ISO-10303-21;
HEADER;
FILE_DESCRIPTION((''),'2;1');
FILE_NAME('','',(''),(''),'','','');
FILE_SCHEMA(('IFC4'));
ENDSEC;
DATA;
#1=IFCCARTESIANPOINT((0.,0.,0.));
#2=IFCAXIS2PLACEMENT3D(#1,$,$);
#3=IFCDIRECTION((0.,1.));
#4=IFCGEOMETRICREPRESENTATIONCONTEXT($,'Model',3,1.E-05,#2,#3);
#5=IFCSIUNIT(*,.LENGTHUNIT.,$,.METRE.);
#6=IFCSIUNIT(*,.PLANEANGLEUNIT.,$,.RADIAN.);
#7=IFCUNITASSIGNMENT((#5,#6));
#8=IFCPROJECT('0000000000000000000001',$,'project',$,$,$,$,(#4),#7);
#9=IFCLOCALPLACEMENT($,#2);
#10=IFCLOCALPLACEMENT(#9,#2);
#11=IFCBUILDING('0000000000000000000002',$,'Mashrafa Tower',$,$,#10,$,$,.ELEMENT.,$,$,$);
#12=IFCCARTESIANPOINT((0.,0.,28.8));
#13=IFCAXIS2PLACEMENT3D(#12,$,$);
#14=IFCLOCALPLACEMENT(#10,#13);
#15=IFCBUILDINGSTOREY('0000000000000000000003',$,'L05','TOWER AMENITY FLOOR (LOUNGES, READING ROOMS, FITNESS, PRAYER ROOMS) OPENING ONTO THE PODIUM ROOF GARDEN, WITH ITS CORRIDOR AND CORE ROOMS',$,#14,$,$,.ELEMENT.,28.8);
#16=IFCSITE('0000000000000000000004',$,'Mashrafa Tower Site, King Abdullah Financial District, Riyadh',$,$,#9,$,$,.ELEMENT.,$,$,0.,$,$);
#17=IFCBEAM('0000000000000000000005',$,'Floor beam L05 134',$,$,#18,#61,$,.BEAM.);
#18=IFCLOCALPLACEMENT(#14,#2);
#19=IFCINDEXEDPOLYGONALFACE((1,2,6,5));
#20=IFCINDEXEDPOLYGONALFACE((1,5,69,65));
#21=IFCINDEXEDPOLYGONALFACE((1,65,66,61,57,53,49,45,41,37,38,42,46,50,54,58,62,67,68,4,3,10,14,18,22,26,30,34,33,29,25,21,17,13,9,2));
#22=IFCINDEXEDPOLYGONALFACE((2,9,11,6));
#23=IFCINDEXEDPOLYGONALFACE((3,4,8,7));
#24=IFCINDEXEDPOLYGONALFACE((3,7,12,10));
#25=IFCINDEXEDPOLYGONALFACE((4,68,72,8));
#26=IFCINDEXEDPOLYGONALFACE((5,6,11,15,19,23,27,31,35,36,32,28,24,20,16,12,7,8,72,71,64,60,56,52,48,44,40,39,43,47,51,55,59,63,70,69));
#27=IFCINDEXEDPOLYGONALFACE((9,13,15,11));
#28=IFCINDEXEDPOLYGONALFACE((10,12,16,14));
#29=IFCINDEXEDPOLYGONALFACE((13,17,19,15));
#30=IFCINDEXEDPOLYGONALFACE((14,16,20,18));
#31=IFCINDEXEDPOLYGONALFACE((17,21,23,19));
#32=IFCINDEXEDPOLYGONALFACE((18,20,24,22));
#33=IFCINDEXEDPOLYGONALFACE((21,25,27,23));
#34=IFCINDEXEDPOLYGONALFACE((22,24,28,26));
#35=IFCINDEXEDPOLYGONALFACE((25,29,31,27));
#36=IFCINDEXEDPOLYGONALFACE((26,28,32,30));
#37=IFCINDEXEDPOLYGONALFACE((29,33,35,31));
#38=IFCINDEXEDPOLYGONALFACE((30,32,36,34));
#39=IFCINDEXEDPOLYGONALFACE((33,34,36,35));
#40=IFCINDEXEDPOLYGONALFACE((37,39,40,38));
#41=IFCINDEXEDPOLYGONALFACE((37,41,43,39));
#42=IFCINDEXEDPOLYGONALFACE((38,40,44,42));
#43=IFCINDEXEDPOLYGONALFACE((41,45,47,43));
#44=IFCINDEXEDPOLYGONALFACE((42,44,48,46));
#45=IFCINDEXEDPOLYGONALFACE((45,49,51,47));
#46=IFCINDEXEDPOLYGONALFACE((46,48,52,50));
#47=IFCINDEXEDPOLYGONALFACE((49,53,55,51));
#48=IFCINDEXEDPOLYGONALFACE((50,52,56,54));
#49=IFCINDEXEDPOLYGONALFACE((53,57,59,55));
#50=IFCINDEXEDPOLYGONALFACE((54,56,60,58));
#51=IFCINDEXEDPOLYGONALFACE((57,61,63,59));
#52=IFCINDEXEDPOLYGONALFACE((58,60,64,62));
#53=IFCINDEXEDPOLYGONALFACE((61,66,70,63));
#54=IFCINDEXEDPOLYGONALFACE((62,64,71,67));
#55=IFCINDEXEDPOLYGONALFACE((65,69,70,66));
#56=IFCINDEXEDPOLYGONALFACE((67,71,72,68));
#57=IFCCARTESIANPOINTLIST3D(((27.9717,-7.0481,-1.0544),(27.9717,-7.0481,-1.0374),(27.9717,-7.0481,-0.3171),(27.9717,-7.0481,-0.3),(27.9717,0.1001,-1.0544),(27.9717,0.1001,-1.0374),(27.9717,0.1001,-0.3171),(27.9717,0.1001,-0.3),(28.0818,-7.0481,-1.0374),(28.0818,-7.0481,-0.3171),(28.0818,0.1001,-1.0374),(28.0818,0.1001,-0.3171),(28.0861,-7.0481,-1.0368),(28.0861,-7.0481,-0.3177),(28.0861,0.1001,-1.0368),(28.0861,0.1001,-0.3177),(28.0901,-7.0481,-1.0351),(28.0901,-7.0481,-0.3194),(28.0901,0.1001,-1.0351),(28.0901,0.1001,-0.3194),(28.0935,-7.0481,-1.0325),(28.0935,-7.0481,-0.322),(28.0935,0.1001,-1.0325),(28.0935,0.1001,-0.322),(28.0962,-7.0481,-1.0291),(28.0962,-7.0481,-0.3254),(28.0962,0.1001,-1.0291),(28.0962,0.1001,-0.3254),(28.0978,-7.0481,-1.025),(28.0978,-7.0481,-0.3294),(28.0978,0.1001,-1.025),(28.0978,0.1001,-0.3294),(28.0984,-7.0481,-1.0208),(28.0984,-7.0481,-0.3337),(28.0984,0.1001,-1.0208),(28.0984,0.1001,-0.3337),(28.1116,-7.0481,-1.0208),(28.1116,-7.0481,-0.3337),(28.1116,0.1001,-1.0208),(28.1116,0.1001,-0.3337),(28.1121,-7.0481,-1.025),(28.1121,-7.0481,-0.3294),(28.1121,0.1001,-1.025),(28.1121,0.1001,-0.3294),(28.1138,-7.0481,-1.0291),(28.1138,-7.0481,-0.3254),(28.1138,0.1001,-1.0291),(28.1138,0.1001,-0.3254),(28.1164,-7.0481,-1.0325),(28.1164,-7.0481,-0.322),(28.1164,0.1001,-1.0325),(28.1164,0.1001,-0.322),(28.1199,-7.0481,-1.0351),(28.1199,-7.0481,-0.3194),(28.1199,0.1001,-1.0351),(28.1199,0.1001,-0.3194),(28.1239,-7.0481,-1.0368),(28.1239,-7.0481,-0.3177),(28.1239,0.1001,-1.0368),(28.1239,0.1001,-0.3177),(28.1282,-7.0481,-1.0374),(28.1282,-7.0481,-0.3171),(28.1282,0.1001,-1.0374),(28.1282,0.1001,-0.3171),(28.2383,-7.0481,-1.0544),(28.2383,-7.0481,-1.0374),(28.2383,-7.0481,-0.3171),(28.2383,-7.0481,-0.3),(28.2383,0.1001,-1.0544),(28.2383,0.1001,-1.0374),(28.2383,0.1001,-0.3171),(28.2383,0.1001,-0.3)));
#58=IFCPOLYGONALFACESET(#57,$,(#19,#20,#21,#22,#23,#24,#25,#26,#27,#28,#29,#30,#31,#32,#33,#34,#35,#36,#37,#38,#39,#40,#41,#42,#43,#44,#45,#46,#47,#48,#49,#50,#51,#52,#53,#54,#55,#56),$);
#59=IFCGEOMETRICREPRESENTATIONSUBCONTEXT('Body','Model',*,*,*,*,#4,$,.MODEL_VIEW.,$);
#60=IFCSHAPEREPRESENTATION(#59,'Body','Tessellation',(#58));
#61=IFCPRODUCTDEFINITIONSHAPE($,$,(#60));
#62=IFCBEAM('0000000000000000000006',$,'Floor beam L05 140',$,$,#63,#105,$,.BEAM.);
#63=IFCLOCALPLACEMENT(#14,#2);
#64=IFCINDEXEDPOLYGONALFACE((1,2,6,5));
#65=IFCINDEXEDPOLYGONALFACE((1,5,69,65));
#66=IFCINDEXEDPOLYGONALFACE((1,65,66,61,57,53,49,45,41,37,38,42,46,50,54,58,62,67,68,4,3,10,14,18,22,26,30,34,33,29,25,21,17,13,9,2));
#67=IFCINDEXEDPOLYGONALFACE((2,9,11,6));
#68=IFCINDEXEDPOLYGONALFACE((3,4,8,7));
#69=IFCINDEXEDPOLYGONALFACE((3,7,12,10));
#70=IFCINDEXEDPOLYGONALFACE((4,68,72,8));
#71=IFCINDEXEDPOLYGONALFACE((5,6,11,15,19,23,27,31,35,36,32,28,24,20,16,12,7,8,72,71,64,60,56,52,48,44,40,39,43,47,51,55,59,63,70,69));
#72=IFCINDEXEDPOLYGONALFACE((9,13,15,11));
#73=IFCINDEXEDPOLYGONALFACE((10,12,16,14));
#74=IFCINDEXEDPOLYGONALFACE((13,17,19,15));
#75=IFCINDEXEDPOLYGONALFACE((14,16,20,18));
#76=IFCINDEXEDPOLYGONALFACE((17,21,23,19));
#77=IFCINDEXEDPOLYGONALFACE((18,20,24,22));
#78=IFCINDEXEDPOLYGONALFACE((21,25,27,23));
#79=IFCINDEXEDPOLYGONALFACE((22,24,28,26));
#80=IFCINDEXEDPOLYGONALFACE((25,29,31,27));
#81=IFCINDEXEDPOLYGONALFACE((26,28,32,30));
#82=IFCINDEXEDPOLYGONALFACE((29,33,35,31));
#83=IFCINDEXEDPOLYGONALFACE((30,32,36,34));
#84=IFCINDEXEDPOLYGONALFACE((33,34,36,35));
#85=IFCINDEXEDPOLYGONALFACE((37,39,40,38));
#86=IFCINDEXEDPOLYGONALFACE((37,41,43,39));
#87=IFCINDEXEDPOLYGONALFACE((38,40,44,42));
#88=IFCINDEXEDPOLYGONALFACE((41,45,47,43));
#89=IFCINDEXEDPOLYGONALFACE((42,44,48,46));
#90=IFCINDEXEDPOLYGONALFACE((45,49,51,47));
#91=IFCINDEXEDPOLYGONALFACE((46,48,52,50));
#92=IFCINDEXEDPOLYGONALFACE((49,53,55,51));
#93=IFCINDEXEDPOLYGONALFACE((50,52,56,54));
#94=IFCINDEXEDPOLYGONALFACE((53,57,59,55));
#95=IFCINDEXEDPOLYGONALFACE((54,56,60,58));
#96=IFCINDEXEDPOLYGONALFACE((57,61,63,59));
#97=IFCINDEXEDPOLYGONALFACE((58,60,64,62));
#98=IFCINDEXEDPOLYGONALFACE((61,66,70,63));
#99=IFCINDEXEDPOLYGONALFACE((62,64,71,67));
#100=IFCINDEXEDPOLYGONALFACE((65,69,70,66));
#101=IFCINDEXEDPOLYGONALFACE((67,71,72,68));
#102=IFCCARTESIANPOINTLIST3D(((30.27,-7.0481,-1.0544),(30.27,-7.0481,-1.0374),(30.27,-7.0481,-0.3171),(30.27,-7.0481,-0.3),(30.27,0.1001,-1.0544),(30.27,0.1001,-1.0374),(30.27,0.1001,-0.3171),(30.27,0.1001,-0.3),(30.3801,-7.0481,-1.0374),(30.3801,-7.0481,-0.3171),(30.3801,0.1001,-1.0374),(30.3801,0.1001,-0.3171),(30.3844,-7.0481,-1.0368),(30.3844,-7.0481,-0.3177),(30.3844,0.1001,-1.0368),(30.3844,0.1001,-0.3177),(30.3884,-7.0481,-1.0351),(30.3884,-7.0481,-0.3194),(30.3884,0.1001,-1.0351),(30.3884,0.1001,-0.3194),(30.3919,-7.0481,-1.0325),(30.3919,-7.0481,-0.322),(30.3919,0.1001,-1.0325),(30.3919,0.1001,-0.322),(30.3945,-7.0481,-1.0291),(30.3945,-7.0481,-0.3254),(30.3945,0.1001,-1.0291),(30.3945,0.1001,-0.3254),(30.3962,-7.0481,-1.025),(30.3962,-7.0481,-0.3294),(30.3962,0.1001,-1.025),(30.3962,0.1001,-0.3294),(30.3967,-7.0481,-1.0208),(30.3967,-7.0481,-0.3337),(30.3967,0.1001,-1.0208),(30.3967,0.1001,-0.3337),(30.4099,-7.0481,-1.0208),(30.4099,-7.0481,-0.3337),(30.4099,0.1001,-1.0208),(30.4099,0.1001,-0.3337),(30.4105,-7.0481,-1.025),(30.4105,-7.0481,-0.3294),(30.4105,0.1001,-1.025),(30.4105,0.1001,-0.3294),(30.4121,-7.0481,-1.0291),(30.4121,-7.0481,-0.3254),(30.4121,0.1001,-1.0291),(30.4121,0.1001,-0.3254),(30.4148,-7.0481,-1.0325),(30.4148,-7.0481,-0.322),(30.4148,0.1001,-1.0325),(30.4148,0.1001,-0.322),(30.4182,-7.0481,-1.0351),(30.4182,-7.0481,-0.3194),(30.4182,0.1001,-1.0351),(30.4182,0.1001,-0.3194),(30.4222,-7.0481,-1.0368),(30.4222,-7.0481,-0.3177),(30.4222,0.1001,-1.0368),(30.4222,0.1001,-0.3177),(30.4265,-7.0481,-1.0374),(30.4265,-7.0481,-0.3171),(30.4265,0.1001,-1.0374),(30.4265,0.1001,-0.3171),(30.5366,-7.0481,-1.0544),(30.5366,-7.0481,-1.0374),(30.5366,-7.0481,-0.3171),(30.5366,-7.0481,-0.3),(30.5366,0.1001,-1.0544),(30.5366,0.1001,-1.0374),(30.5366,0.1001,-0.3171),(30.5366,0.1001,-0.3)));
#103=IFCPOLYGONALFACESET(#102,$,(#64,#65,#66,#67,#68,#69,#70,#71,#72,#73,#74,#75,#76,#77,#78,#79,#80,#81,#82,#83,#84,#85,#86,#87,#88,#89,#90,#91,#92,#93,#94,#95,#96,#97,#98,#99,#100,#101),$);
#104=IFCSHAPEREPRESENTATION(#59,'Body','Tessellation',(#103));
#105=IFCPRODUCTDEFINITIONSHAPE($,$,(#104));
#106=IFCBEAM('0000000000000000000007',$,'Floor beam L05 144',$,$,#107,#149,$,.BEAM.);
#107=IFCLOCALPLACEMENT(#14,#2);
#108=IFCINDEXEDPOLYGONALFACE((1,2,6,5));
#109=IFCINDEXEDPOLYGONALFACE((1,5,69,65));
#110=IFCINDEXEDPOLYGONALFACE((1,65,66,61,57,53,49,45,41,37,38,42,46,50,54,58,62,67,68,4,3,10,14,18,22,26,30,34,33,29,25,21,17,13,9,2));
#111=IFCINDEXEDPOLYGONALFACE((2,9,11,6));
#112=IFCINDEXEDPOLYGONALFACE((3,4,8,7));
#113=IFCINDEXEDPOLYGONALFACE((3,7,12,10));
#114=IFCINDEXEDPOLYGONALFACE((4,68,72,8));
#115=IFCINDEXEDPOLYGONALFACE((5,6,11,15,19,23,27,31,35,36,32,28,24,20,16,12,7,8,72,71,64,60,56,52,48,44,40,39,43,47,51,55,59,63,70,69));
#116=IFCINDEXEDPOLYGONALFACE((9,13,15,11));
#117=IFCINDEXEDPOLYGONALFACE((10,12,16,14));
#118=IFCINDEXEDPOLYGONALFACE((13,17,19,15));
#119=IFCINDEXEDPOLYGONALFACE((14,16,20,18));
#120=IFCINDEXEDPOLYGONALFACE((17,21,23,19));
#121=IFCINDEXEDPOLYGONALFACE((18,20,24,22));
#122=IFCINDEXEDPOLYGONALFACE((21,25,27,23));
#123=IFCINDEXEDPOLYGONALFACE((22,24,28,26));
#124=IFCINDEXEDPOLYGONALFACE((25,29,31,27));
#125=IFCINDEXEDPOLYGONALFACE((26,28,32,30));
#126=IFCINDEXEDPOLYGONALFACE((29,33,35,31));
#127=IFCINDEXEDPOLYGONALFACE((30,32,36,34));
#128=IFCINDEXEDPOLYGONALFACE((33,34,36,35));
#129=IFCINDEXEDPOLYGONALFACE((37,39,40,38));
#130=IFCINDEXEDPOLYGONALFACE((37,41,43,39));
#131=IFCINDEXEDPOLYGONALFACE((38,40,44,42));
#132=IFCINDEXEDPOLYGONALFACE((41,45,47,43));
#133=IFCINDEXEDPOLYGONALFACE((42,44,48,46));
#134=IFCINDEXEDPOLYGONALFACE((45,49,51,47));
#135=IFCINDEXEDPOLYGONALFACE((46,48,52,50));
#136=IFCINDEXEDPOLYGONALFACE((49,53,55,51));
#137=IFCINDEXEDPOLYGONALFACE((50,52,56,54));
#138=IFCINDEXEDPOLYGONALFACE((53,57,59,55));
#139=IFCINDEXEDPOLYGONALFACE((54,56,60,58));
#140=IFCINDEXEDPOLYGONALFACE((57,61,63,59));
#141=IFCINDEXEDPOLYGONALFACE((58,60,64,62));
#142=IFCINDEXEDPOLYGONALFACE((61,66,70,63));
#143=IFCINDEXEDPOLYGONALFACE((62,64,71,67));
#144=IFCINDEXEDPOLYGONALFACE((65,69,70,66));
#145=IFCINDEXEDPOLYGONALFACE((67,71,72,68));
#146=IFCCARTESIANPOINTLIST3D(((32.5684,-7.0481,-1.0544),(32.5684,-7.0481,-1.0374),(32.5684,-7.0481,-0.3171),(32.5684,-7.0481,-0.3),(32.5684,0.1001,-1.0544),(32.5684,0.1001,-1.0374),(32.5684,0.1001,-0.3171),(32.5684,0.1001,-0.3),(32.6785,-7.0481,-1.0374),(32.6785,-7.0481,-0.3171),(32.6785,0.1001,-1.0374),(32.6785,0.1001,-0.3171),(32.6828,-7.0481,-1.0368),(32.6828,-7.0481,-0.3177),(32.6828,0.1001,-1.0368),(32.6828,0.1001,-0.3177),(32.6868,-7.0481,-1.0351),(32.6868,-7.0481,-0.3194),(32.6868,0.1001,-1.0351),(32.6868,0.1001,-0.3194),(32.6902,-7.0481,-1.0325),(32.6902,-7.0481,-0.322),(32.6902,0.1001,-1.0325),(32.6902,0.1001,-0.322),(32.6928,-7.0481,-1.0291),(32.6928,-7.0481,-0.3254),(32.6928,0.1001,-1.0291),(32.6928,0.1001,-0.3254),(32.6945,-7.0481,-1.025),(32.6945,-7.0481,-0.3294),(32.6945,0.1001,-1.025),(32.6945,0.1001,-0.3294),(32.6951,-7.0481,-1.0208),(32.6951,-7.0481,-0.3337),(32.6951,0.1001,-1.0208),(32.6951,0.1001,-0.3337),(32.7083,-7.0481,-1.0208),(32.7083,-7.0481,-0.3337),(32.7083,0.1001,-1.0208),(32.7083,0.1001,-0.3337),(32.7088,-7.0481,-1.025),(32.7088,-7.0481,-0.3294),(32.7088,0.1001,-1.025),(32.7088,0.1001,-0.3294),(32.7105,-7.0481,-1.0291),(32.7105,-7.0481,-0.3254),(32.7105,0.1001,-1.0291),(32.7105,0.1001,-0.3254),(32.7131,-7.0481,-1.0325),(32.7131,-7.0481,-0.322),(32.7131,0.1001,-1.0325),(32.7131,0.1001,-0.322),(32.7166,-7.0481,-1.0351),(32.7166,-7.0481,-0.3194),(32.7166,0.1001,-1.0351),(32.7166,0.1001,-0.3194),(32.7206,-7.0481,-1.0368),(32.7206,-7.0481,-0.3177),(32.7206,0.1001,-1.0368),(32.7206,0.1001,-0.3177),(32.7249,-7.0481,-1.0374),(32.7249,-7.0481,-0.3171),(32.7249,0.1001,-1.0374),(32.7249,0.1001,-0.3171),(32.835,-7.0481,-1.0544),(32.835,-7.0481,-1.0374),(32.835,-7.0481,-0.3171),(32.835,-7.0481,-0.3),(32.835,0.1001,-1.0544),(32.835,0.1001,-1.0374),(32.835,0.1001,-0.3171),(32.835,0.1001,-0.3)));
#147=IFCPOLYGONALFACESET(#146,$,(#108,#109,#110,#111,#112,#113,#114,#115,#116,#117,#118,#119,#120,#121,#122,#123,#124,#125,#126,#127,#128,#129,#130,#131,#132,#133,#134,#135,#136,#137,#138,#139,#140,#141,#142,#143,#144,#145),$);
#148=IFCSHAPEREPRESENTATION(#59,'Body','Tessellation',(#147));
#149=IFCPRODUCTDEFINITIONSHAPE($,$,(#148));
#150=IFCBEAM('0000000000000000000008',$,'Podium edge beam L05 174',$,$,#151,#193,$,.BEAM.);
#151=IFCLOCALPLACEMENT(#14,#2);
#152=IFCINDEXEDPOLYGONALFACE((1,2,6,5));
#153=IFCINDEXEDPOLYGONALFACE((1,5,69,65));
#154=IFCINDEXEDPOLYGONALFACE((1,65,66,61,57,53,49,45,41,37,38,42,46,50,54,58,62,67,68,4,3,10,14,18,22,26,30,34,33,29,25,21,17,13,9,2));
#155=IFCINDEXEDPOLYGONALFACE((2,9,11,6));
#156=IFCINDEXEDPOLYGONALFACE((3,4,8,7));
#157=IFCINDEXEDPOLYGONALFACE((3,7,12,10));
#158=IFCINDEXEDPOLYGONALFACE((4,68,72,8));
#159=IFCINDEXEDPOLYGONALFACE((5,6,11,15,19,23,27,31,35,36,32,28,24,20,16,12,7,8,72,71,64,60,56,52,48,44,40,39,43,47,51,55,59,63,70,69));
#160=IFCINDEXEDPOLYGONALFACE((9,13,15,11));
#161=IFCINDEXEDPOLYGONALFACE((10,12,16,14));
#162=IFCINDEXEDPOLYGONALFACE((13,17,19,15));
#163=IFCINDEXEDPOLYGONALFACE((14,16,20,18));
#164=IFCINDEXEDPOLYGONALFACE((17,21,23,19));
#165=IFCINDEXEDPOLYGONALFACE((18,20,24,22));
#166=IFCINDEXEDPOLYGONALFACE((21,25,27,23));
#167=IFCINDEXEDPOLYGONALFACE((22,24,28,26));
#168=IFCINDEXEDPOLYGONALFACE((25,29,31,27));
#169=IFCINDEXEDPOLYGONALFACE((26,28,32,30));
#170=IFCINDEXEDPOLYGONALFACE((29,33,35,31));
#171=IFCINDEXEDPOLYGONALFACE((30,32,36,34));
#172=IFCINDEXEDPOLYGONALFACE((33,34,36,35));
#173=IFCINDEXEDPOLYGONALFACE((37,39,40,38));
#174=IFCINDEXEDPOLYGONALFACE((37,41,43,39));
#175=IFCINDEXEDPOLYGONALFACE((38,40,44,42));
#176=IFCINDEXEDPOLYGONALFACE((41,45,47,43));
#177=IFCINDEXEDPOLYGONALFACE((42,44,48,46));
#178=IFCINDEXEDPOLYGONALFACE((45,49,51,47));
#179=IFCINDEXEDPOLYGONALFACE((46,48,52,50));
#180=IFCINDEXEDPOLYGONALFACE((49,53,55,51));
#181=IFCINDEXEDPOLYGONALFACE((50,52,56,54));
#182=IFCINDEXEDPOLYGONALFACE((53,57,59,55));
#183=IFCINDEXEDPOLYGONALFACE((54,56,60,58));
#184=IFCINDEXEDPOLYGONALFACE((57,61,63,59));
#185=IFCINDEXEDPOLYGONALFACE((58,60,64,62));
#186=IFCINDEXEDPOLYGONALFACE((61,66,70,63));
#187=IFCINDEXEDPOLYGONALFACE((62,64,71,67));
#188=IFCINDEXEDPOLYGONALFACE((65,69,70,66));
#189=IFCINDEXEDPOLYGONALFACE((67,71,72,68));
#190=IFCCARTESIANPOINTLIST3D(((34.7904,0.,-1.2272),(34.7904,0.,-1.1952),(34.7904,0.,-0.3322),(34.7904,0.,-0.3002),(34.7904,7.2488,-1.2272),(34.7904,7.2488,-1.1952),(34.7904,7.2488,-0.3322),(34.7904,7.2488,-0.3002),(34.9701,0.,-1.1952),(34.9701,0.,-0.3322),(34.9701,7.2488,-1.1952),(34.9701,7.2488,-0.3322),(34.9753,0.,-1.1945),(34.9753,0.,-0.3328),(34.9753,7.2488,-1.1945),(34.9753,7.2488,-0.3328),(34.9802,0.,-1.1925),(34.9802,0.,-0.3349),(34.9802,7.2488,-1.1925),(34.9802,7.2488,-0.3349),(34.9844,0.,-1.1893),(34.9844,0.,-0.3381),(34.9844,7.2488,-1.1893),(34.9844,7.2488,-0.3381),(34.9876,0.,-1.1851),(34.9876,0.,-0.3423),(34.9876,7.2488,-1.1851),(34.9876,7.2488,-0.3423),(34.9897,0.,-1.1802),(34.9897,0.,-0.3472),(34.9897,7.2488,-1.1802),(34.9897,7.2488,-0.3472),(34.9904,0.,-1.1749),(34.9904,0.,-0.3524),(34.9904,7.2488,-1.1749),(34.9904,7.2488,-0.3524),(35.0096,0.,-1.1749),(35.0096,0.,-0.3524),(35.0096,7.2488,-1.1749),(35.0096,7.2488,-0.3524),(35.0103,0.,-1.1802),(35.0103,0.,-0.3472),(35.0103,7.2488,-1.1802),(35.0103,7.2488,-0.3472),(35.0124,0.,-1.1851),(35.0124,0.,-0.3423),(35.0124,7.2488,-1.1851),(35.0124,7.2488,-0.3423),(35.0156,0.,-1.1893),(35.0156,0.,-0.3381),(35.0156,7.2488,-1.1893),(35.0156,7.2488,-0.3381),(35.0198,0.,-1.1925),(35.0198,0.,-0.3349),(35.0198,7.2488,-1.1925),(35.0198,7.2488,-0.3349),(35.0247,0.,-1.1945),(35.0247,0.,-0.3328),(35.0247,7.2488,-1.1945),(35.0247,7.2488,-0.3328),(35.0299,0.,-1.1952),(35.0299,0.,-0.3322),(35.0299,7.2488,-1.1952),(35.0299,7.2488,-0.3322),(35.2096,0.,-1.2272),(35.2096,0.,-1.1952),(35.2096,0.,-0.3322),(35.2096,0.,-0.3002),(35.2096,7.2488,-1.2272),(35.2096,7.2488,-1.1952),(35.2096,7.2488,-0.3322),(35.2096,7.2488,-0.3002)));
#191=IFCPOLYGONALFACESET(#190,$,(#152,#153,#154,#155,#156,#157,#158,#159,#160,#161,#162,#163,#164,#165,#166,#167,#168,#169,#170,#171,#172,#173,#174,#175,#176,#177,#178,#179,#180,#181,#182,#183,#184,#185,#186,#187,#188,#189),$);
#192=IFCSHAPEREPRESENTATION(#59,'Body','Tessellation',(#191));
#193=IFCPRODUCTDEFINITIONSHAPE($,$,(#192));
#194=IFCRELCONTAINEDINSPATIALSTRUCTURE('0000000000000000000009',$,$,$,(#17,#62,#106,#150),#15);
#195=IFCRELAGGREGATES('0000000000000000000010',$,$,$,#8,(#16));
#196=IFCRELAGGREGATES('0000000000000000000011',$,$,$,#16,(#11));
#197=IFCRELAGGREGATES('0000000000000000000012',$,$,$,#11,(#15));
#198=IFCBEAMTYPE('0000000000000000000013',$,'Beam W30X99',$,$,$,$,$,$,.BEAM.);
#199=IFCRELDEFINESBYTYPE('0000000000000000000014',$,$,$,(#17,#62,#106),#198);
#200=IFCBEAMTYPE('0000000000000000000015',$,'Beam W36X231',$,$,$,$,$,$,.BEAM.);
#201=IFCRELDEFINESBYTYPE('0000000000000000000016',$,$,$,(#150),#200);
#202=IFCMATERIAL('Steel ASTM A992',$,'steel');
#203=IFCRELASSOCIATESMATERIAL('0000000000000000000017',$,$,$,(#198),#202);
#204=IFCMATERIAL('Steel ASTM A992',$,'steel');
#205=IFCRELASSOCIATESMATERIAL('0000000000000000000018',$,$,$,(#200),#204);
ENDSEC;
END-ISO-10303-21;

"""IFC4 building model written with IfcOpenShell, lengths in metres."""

from ifc_helpers import new_model, si_unit, direction, frame, origin, origin_2d, place, context, subcontext, project, spatial, i_section, extrude, material, material_profile, profile_set, type_object, element, save


model = new_model("IFC4")

# Units and contexts
model_context = context("Model", 3, precision=1e-05, world=origin(), true_north=direction((0.0, 1.0)))
body_context = subcontext(model_context, "Body", "Model", "MODEL_VIEW")
ifc_project = project(units=[si_unit("LENGTHUNIT", "METRE"), si_unit("PLANEANGLEUNIT", "RADIAN")], contexts=[model_context])

# Site, building, storey
site_placement = place(None, origin())
site = spatial("IfcSite", under=ifc_project, at=site_placement, Name="Mashrafa Tower Site, King Abdullah Financial District, Riyadh", CompositionType="ELEMENT", RefElevation=0.0)
building_placement = place(site_placement, origin())
building = spatial("IfcBuilding", under=site, at=building_placement, Name="Mashrafa Tower", CompositionType="ELEMENT")
storey_placement = place(building_placement, frame((0.0, 0.0, 28.8)))
storey = spatial("IfcBuildingStorey", under=building, at=storey_placement, Name="L05", Description="TOWER AMENITY FLOOR (LOUNGES, READING ROOMS, FITNESS, PRAYER ROOMS) OPENING ONTO THE PODIUM ROOF GARDEN, WITH ITS CORRIDOR AND CORE ROOMS", CompositionType="ELEMENT", Elevation=28.8)

# Beams
ifc_material_1 = material(Name="Steel ASTM A992", Category="steel")
ifc_material_profile_1 = material_profile(ifc_material_1, i_section(OverallWidth=0.2666, OverallDepth=0.7544, WebThickness=0.0132, FlangeThickness=0.0171, FilletRadius=0.0166, at=origin_2d()), Name="W30X99")
ifc_profile_set_1 = profile_set([ifc_material_profile_1], Name="Steel ASTM A992")
beam_type_1 = type_object("IfcBeamType", Name="Beam W30X99", PredefinedType="BEAM", material=ifc_profile_set_1)
for number, where, z_axis, x_axis, name in (
    (1, (28.105, 0.1001, -0.6772), (0.0, -1.0, 0.0), (1.0, 0.0, 0.0), "Floor beam L05 134"),
    (2, (30.4033, 0.1001, -0.6772), (0.0, -1.0, 0.0), (1.0, 0.0, 0.0), "Floor beam L05 140"),
    (3, (32.7017, 0.1001, -0.6772), (0.0, -1.0, 0.0), (1.0, 0.0, 0.0), "Floor beam L05 144"),
):
    element("IfcBeam", number, at=place(storey_placement, frame(where, z_axis=z_axis, x_axis=x_axis)), inside=storey, type_object=beam_type_1, Name=name, PredefinedType="BEAM", context=body_context, shape_type="SweptSolid", body=[
        extrude(i_section(OverallWidth=0.2666, OverallDepth=0.7544, WebThickness=0.0132, FlangeThickness=0.0171, FilletRadius=0.0166, at=origin_2d()), origin(), (0.0, 0.0, 1.0), 7.1482),
    ])
ifc_material_2 = material(Name="Steel ASTM A992", Category="steel")
ifc_material_profile_2 = material_profile(ifc_material_2, i_section(OverallWidth=0.4192, OverallDepth=0.927, WebThickness=0.0193, FlangeThickness=0.032, FilletRadius=0.0203, at=origin_2d()), Name="W36X231")
ifc_profile_set_2 = profile_set([ifc_material_profile_2], Name="Steel ASTM A992")
beam_type_2 = type_object("IfcBeamType", Name="Beam W36X231", PredefinedType="BEAM", material=ifc_profile_set_2)
for number, where, z_axis, x_axis, name in (
    (4, (35.0, 0.0, -0.7637), (0.0, 1.0, 0.0), (-1.0, 0.0, 0.0), "Podium edge beam L05 174"),
):
    element("IfcBeam", number, at=place(storey_placement, frame(where, z_axis=z_axis, x_axis=x_axis)), inside=storey, type_object=beam_type_2, Name=name, PredefinedType="BEAM", context=body_context, shape_type="SweptSolid", body=[
        extrude(i_section(OverallWidth=0.4192, OverallDepth=0.927, WebThickness=0.0193, FlangeThickness=0.032, FilletRadius=0.0203, at=origin_2d()), origin(), (0.0, 0.0, 1.0), 7.2488),
    ])

save(model, "model.ifc")
